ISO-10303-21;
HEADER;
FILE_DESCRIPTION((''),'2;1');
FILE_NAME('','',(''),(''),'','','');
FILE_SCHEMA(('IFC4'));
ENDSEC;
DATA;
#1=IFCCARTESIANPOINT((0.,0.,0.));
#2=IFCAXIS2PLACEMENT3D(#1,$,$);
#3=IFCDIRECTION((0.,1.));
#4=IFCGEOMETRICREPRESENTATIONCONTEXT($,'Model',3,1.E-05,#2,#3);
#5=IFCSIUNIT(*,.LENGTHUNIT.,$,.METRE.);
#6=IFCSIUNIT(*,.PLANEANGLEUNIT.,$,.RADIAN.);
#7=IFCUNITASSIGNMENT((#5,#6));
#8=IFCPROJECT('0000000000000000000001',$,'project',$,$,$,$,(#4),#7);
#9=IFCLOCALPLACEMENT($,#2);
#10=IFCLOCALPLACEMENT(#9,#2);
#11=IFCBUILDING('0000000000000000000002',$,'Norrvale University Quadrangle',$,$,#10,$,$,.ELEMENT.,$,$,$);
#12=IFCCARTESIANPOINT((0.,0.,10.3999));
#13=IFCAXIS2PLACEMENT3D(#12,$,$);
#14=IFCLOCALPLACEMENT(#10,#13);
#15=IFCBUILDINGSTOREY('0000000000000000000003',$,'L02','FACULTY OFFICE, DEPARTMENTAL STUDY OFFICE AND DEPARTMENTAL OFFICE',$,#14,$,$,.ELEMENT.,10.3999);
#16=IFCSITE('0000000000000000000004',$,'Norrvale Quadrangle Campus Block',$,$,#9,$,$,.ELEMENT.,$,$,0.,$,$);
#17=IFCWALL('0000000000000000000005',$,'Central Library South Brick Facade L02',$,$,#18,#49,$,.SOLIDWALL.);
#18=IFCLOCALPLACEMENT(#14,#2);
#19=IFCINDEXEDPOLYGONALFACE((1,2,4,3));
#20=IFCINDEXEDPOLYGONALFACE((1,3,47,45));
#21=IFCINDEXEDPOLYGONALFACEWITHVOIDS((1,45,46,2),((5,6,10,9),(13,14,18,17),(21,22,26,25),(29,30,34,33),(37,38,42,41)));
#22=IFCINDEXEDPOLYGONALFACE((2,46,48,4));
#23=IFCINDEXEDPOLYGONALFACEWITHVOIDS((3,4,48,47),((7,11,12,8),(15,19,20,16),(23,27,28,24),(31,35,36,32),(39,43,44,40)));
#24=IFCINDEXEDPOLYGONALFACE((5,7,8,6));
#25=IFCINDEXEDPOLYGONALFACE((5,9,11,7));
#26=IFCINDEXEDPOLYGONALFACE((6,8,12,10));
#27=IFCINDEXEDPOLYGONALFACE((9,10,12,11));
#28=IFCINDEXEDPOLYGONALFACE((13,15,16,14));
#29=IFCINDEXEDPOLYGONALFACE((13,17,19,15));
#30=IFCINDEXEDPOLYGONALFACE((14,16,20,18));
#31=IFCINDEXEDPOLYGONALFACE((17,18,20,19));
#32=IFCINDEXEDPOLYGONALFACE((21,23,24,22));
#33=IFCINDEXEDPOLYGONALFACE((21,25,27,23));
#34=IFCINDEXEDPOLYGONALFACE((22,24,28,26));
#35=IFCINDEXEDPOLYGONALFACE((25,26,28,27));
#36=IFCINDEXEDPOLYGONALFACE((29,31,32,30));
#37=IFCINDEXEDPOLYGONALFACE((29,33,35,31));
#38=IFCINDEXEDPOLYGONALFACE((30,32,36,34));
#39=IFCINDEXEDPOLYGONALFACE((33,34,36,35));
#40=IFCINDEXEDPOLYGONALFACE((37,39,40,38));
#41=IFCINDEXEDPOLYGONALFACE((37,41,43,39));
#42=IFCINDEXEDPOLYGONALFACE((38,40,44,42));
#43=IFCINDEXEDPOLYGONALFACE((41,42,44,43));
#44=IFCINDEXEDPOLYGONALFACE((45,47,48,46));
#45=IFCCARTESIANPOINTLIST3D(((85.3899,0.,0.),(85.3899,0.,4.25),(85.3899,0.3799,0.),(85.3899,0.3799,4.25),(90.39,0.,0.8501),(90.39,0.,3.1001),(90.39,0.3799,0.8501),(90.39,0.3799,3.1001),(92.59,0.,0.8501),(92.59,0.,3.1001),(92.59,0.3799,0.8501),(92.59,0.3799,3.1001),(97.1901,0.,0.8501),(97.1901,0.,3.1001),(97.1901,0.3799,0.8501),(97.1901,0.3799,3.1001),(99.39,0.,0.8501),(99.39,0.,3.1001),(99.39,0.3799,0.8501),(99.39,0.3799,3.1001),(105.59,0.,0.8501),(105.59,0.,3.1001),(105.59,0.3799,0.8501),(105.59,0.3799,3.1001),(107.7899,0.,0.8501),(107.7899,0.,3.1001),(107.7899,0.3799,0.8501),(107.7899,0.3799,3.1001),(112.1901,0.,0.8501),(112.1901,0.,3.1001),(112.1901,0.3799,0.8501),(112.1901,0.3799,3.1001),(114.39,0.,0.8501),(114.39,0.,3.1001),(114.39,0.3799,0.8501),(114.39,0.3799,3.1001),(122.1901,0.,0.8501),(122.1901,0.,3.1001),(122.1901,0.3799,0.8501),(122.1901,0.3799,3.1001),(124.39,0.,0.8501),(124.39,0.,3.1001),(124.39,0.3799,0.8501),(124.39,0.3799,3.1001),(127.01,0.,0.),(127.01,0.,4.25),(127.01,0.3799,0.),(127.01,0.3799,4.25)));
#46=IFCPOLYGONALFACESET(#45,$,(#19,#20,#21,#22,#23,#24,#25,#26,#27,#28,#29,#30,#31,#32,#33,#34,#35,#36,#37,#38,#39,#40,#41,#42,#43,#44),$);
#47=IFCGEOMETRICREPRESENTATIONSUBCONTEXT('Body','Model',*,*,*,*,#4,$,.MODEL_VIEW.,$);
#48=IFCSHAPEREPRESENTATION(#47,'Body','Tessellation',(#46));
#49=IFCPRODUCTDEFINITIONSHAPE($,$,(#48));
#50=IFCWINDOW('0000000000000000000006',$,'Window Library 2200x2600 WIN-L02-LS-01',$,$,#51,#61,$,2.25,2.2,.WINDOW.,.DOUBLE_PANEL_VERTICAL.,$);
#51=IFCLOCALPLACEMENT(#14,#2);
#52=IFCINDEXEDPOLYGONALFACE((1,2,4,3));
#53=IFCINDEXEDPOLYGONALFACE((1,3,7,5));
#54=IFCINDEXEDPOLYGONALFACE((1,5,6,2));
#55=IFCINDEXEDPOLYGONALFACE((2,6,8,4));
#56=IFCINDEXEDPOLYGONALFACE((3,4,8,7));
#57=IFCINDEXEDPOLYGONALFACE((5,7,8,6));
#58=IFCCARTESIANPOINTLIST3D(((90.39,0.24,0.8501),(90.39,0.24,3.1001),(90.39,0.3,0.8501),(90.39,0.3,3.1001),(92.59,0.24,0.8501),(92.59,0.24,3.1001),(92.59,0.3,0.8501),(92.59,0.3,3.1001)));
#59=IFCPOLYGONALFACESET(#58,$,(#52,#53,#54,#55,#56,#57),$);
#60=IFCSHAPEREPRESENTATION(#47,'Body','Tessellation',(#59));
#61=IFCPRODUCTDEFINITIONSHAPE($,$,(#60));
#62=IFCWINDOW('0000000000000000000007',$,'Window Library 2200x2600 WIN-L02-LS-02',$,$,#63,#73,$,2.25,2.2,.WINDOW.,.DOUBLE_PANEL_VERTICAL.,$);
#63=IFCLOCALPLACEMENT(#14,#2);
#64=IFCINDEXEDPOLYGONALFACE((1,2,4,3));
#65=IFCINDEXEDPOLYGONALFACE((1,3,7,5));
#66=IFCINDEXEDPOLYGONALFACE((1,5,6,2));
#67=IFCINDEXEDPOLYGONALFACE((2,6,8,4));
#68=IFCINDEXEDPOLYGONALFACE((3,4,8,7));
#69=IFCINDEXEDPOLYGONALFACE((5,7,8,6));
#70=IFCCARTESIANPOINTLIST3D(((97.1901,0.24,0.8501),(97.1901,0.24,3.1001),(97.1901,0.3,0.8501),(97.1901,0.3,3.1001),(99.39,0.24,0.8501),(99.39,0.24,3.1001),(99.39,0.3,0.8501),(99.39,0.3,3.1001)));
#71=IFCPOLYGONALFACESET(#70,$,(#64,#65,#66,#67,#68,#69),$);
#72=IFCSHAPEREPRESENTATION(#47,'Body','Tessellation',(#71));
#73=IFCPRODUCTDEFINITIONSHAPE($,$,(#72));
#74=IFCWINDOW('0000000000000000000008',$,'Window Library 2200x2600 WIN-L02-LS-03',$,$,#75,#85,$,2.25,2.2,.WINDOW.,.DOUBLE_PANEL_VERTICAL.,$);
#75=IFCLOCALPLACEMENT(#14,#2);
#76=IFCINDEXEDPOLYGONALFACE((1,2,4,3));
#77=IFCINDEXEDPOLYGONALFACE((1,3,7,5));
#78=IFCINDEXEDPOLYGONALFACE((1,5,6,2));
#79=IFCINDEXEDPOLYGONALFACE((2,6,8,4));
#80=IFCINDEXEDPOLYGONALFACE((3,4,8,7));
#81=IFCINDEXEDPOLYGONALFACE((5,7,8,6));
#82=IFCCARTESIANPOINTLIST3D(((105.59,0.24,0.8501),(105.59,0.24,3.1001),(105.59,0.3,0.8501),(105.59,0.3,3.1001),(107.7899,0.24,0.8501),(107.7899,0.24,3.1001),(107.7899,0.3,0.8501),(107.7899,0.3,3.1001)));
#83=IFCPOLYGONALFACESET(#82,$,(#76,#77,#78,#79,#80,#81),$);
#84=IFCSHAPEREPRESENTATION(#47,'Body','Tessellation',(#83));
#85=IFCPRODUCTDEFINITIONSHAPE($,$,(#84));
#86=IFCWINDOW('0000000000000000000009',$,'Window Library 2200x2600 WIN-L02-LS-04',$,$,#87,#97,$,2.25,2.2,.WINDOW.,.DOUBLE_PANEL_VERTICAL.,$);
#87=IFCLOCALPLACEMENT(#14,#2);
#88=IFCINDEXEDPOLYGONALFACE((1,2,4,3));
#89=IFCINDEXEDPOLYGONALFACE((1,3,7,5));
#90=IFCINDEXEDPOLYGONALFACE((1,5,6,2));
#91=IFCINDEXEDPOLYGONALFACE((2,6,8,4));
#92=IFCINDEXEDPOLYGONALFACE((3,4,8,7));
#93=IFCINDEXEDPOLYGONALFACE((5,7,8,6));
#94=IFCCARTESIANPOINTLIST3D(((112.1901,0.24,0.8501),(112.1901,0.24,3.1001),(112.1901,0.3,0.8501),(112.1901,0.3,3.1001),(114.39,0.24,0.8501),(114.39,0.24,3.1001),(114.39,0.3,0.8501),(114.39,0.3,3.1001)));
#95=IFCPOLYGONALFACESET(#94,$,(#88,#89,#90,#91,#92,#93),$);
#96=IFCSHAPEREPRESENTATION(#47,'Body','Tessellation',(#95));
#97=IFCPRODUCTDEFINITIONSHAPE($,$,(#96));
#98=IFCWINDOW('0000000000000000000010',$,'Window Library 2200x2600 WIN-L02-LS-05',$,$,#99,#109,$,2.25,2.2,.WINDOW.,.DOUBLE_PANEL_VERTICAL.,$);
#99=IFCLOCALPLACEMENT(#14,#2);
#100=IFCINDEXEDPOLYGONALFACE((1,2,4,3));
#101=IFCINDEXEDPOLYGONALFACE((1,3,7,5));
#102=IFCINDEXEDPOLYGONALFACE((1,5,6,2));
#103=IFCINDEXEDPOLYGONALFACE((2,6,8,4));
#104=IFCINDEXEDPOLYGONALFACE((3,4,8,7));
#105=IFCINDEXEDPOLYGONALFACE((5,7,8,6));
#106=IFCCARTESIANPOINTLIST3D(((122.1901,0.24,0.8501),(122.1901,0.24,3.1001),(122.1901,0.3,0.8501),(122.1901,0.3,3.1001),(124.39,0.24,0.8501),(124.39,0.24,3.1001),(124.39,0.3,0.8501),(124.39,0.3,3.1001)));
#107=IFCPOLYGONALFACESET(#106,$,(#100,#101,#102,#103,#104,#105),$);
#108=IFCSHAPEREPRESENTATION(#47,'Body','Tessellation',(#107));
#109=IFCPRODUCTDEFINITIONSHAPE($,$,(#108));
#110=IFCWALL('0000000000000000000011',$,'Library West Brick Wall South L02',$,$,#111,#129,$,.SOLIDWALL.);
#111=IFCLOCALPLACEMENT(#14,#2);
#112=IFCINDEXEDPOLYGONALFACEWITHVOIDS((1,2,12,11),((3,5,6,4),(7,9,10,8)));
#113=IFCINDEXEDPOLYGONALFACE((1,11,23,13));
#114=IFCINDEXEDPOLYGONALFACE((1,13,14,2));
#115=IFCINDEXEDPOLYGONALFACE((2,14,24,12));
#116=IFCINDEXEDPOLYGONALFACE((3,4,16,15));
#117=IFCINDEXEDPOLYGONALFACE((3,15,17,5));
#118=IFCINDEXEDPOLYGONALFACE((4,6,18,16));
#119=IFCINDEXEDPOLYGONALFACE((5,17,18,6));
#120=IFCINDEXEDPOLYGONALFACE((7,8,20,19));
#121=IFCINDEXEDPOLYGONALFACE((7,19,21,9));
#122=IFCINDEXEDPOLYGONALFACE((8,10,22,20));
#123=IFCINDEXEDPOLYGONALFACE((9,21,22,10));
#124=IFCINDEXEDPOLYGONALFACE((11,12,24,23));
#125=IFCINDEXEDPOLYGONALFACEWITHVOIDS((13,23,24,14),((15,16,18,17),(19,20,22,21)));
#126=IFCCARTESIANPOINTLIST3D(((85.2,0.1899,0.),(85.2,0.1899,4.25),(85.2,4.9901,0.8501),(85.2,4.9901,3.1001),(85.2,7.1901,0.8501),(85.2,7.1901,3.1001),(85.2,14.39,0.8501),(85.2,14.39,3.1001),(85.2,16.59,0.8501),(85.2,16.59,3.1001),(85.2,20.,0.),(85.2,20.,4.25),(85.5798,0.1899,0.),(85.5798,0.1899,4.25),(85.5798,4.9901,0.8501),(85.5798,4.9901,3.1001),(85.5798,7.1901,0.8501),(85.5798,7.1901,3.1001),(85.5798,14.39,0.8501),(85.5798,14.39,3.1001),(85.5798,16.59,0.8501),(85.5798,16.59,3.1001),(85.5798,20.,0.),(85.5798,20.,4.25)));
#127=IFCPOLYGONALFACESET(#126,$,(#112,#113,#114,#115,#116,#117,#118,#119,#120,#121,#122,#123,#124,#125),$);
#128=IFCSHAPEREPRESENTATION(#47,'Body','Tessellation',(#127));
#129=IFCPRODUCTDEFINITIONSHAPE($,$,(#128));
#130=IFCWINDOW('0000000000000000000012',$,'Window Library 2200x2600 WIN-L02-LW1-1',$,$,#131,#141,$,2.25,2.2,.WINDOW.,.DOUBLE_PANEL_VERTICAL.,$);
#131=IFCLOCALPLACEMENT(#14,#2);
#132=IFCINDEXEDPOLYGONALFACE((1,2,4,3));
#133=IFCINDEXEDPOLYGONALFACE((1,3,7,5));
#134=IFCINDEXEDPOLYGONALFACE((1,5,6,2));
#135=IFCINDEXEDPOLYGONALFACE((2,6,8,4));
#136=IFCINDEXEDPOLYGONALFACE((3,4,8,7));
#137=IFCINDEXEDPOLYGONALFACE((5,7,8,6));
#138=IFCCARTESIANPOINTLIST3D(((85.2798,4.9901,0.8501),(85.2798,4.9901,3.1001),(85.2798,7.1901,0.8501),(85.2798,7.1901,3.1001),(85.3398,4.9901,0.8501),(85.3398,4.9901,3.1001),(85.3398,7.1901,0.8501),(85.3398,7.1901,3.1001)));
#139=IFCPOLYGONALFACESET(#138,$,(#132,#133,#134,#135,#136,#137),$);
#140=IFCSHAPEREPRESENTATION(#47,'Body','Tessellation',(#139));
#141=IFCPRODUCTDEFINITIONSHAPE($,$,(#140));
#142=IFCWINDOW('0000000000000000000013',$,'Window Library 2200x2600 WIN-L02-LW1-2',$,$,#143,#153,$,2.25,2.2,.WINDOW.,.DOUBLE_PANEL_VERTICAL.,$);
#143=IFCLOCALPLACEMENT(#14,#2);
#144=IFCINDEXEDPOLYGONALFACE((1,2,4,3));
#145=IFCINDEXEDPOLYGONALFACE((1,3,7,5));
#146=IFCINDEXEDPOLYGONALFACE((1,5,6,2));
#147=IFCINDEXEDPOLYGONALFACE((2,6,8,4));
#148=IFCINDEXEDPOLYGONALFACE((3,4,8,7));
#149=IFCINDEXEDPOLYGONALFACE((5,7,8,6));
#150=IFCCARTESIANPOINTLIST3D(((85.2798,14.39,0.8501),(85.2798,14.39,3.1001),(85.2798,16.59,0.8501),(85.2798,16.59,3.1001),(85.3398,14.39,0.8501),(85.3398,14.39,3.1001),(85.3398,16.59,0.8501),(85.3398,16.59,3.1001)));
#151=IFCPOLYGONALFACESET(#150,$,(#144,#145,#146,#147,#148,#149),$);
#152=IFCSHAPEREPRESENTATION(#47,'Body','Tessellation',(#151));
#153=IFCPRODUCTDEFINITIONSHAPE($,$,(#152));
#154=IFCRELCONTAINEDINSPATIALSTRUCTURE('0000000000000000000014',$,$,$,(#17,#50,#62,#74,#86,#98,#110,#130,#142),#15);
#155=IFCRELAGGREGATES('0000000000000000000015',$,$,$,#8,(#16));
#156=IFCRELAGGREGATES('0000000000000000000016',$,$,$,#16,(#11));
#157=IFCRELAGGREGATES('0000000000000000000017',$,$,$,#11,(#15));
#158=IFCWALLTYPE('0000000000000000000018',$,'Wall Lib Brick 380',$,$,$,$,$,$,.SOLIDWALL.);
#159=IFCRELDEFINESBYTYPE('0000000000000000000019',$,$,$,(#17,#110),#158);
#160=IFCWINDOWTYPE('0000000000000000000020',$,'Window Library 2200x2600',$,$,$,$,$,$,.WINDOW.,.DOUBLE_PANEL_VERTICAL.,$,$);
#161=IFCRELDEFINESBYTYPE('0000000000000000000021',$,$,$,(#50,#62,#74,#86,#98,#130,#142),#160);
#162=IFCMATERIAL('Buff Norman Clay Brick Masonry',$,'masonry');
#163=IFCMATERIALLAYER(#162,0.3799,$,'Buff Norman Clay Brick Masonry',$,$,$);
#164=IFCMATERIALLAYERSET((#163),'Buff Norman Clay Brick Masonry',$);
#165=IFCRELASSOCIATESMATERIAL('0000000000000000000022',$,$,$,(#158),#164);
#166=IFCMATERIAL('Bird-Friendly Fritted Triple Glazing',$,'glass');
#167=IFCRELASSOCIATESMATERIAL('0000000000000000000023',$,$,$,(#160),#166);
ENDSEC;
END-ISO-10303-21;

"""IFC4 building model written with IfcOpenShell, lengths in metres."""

from ifc_helpers import new_model, si_unit, direction, frame, frame_2d, origin, place, context, subcontext, project, spatial, rectangle, extrude, material, layer, layer_set, type_object, element, fill, save


model = new_model("IFC4")

# Units and contexts
model_context = context("Model", 3, precision=1e-05, world=origin(), true_north=direction((0.0, 1.0)))
body_context = subcontext(model_context, "Body", "Model", "MODEL_VIEW")
ifc_project = project(units=[si_unit("LENGTHUNIT", "METRE"), si_unit("PLANEANGLEUNIT", "RADIAN")], contexts=[model_context])

# Site, building, storey
site_placement = place(None, origin())
site = spatial("IfcSite", under=ifc_project, at=site_placement, Name="Norrvale Quadrangle Campus Block", CompositionType="ELEMENT", RefElevation=0.0)
building_placement = place(site_placement, origin())
building = spatial("IfcBuilding", under=site, at=building_placement, Name="Norrvale University Quadrangle", CompositionType="ELEMENT")
storey_placement = place(building_placement, frame((0.0, 0.0, 10.3999)))
storey = spatial("IfcBuildingStorey", under=building, at=storey_placement, Name="L02", Description="FACULTY OFFICE, DEPARTMENTAL STUDY OFFICE AND DEPARTMENTAL OFFICE", CompositionType="ELEMENT", Elevation=10.3999)

# Walls, openings, windows
ifc_material_1 = material(Name="Buff Norman Clay Brick Masonry", Category="masonry")
ifc_layer_1 = layer(ifc_material_1, 0.3799, Name="Buff Norman Clay Brick Masonry")
ifc_layer_set_1 = layer_set([ifc_layer_1], Name="Buff Norman Clay Brick Masonry")
wall_type_1 = type_object("IfcWallType", Name="Wall Lib Brick 380", PredefinedType="SOLIDWALL", material=ifc_layer_set_1)
wall_1_placement = place(storey_placement, frame((85.3899, 0.1899, 0.0), z_axis=(0.0, 0.0, 1.0), x_axis=(1.0, 0.0, 0.0)))
wall_1 = element("IfcWall", 1, at=wall_1_placement, inside=storey, type_object=wall_type_1, Name="Central Library South Brick Facade L02", PredefinedType="SOLIDWALL", context=body_context, shape_type="SweptSolid", body=[
    extrude(rectangle(XDim=41.6201, YDim=0.3799, at=frame_2d((20.8101, 0.0))), origin(), (0.0, 0.0, 1.0), 4.25),
])
opening_1_placement = place(wall_1_placement, frame((5.0, 0.0, 0.8501)))
opening_1 = element("IfcOpeningElement", 2, at=opening_1_placement, cuts=wall_1, PredefinedType="OPENING", context=body_context, shape_type="SweptSolid", body=[
    extrude(rectangle(XDim=2.2, YDim=2.25, at=frame_2d((1.1001, 1.125))), frame((0.0, 0.2019, 0.0), z_axis=(0.0, -1.0, 0.0), x_axis=(1.0, 0.0, 0.0)), (0.0, 0.0, 1.0), 0.4038),
])
opening_2_placement = place(wall_1_placement, frame((11.8, 0.0, 0.8501)))
opening_2 = element("IfcOpeningElement", 3, at=opening_2_placement, cuts=wall_1, PredefinedType="OPENING", context=body_context, shape_type="SweptSolid", body=[
    extrude(rectangle(XDim=2.2, YDim=2.25, at=frame_2d((1.1001, 1.125))), frame((0.0, 0.2019, 0.0), z_axis=(0.0, -1.0, 0.0), x_axis=(1.0, 0.0, 0.0)), (0.0, 0.0, 1.0), 0.4038),
])
opening_3_placement = place(wall_1_placement, frame((20.2, 0.0, 0.8501)))
opening_3 = element("IfcOpeningElement", 4, at=opening_3_placement, cuts=wall_1, PredefinedType="OPENING", context=body_context, shape_type="SweptSolid", body=[
    extrude(rectangle(XDim=2.2, YDim=2.25, at=frame_2d((1.1001, 1.125))), frame((0.0, 0.2019, 0.0), z_axis=(0.0, -1.0, 0.0), x_axis=(1.0, 0.0, 0.0)), (0.0, 0.0, 1.0), 0.4038),
])
opening_4_placement = place(wall_1_placement, frame((26.8, 0.0, 0.8501)))
opening_4 = element("IfcOpeningElement", 5, at=opening_4_placement, cuts=wall_1, PredefinedType="OPENING", context=body_context, shape_type="SweptSolid", body=[
    extrude(rectangle(XDim=2.2, YDim=2.25, at=frame_2d((1.1001, 1.125))), frame((0.0, 0.2019, 0.0), z_axis=(0.0, -1.0, 0.0), x_axis=(1.0, 0.0, 0.0)), (0.0, 0.0, 1.0), 0.4038),
])
opening_5_placement = place(wall_1_placement, frame((36.8, 0.0, 0.8501)))
opening_5 = element("IfcOpeningElement", 6, at=opening_5_placement, cuts=wall_1, PredefinedType="OPENING", context=body_context, shape_type="SweptSolid", body=[
    extrude(rectangle(XDim=2.2, YDim=2.25, at=frame_2d((1.1001, 1.125))), frame((0.0, 0.2019, 0.0), z_axis=(0.0, -1.0, 0.0), x_axis=(1.0, 0.0, 0.0)), (0.0, 0.0, 1.0), 0.4038),
])
ifc_material_2 = material(Name="Bird-Friendly Fritted Triple Glazing", Category="glass")
window_type_1 = type_object("IfcWindowType", Name="Window Library 2200x2600", PartitioningType="DOUBLE_PANEL_VERTICAL", PredefinedType="WINDOW", material=ifc_material_2)
window_1_placement = place(opening_1_placement, origin())
window_1 = element("IfcWindow", 7, at=window_1_placement, inside=storey, type_object=window_type_1, Name="Window Library 2200x2600 WIN-L02-LS-01", OverallHeight=2.25, OverallWidth=2.2, PartitioningType="DOUBLE_PANEL_VERTICAL", PredefinedType="WINDOW", context=body_context, shape_type="SweptSolid", body=[
    extrude(rectangle(XDim=2.2, YDim=2.25, at=frame_2d((1.1001, 1.125))), frame((0.0, 0.1101, 0.0), z_axis=(0.0, -1.0, 0.0), x_axis=(1.0, 0.0, 0.0)), (0.0, 0.0, 1.0), 0.0601),
])
fill(opening_1, window_1)
window_2_placement = place(opening_2_placement, origin())
window_2 = element("IfcWindow", 8, at=window_2_placement, inside=storey, type_object=window_type_1, Name="Window Library 2200x2600 WIN-L02-LS-02", OverallHeight=2.25, OverallWidth=2.2, PartitioningType="DOUBLE_PANEL_VERTICAL", PredefinedType="WINDOW", context=body_context, shape_type="SweptSolid", body=[
    extrude(rectangle(XDim=2.2, YDim=2.25, at=frame_2d((1.1001, 1.125))), frame((0.0, 0.1101, 0.0), z_axis=(0.0, -1.0, 0.0), x_axis=(1.0, 0.0, 0.0)), (0.0, 0.0, 1.0), 0.0601),
])
fill(opening_2, window_2)
window_3_placement = place(opening_3_placement, origin())
window_3 = element("IfcWindow", 9, at=window_3_placement, inside=storey, type_object=window_type_1, Name="Window Library 2200x2600 WIN-L02-LS-03", OverallHeight=2.25, OverallWidth=2.2, PartitioningType="DOUBLE_PANEL_VERTICAL", PredefinedType="WINDOW", context=body_context, shape_type="SweptSolid", body=[
    extrude(rectangle(XDim=2.2, YDim=2.25, at=frame_2d((1.1001, 1.125))), frame((0.0, 0.1101, 0.0), z_axis=(0.0, -1.0, 0.0), x_axis=(1.0, 0.0, 0.0)), (0.0, 0.0, 1.0), 0.0601),
])
fill(opening_3, window_3)
window_4_placement = place(opening_4_placement, origin())
window_4 = element("IfcWindow", 10, at=window_4_placement, inside=storey, type_object=window_type_1, Name="Window Library 2200x2600 WIN-L02-LS-04", OverallHeight=2.25, OverallWidth=2.2, PartitioningType="DOUBLE_PANEL_VERTICAL", PredefinedType="WINDOW", context=body_context, shape_type="SweptSolid", body=[
    extrude(rectangle(XDim=2.2, YDim=2.25, at=frame_2d((1.1001, 1.125))), frame((0.0, 0.1101, 0.0), z_axis=(0.0, -1.0, 0.0), x_axis=(1.0, 0.0, 0.0)), (0.0, 0.0, 1.0), 0.0601),
])
fill(opening_4, window_4)
window_5_placement = place(opening_5_placement, origin())
window_5 = element("IfcWindow", 11, at=window_5_placement, inside=storey, type_object=window_type_1, Name="Window Library 2200x2600 WIN-L02-LS-05", OverallHeight=2.25, OverallWidth=2.2, PartitioningType="DOUBLE_PANEL_VERTICAL", PredefinedType="WINDOW", context=body_context, shape_type="SweptSolid", body=[
    extrude(rectangle(XDim=2.2, YDim=2.25, at=frame_2d((1.1001, 1.125))), frame((0.0, 0.1101, 0.0), z_axis=(0.0, -1.0, 0.0), x_axis=(1.0, 0.0, 0.0)), (0.0, 0.0, 1.0), 0.0601),
])
fill(opening_5, window_5)
wall_2_placement = place(storey_placement, frame((85.3899, 0.1899, 0.0), z_axis=(0.0, 0.0, 1.0), x_axis=(0.0, 1.0, 0.0)))
wall_2 = element("IfcWall", 12, at=wall_2_placement, inside=storey, type_object=wall_type_1, Name="Library West Brick Wall South L02", PredefinedType="SOLIDWALL", context=body_context, shape_type="SweptSolid", body=[
    extrude(rectangle(XDim=19.8101, YDim=0.3799, at=frame_2d((9.905, 0.0))), origin(), (0.0, 0.0, 1.0), 4.25),
])
opening_6_placement = place(wall_2_placement, frame((4.8, 0.0, 0.8501)))
opening_6 = element("IfcOpeningElement", 13, at=opening_6_placement, cuts=wall_2, PredefinedType="OPENING", context=body_context, shape_type="SweptSolid", body=[
    extrude(rectangle(XDim=2.2, YDim=2.25, at=frame_2d((1.1001, 1.125))), frame((0.0, 0.2019, 0.0), z_axis=(0.0, -1.0, 0.0), x_axis=(1.0, 0.0, 0.0)), (0.0, 0.0, 1.0), 0.4038),
])
opening_7_placement = place(wall_2_placement, frame((14.2, 0.0, 0.8501)))
opening_7 = element("IfcOpeningElement", 14, at=opening_7_placement, cuts=wall_2, PredefinedType="OPENING", context=body_context, shape_type="SweptSolid", body=[
    extrude(rectangle(XDim=2.2, YDim=2.25, at=frame_2d((1.1001, 1.125))), frame((0.0, 0.2019, 0.0), z_axis=(0.0, -1.0, 0.0), x_axis=(1.0, 0.0, 0.0)), (0.0, 0.0, 1.0), 0.4038),
])
window_6_placement = place(opening_6_placement, origin())
window_6 = element("IfcWindow", 15, at=window_6_placement, inside=storey, type_object=window_type_1, Name="Window Library 2200x2600 WIN-L02-LW1-1", OverallHeight=2.25, OverallWidth=2.2, PartitioningType="DOUBLE_PANEL_VERTICAL", PredefinedType="WINDOW", context=body_context, shape_type="SweptSolid", body=[
    extrude(rectangle(XDim=2.2, YDim=2.25, at=frame_2d((1.1001, 1.125))), frame((0.0, 0.1101, 0.0), z_axis=(0.0, -1.0, 0.0), x_axis=(1.0, 0.0, 0.0)), (0.0, 0.0, 1.0), 0.0601),
])
fill(opening_6, window_6)
window_7_placement = place(opening_7_placement, origin())
window_7 = element("IfcWindow", 16, at=window_7_placement, inside=storey, type_object=window_type_1, Name="Window Library 2200x2600 WIN-L02-LW1-2", OverallHeight=2.25, OverallWidth=2.2, PartitioningType="DOUBLE_PANEL_VERTICAL", PredefinedType="WINDOW", context=body_context, shape_type="SweptSolid", body=[
    extrude(rectangle(XDim=2.2, YDim=2.25, at=frame_2d((1.1001, 1.125))), frame((0.0, 0.1101, 0.0), z_axis=(0.0, -1.0, 0.0), x_axis=(1.0, 0.0, 0.0)), (0.0, 0.0, 1.0), 0.0601),
])
fill(opening_7, window_7)

save(model, "model.ifc")
